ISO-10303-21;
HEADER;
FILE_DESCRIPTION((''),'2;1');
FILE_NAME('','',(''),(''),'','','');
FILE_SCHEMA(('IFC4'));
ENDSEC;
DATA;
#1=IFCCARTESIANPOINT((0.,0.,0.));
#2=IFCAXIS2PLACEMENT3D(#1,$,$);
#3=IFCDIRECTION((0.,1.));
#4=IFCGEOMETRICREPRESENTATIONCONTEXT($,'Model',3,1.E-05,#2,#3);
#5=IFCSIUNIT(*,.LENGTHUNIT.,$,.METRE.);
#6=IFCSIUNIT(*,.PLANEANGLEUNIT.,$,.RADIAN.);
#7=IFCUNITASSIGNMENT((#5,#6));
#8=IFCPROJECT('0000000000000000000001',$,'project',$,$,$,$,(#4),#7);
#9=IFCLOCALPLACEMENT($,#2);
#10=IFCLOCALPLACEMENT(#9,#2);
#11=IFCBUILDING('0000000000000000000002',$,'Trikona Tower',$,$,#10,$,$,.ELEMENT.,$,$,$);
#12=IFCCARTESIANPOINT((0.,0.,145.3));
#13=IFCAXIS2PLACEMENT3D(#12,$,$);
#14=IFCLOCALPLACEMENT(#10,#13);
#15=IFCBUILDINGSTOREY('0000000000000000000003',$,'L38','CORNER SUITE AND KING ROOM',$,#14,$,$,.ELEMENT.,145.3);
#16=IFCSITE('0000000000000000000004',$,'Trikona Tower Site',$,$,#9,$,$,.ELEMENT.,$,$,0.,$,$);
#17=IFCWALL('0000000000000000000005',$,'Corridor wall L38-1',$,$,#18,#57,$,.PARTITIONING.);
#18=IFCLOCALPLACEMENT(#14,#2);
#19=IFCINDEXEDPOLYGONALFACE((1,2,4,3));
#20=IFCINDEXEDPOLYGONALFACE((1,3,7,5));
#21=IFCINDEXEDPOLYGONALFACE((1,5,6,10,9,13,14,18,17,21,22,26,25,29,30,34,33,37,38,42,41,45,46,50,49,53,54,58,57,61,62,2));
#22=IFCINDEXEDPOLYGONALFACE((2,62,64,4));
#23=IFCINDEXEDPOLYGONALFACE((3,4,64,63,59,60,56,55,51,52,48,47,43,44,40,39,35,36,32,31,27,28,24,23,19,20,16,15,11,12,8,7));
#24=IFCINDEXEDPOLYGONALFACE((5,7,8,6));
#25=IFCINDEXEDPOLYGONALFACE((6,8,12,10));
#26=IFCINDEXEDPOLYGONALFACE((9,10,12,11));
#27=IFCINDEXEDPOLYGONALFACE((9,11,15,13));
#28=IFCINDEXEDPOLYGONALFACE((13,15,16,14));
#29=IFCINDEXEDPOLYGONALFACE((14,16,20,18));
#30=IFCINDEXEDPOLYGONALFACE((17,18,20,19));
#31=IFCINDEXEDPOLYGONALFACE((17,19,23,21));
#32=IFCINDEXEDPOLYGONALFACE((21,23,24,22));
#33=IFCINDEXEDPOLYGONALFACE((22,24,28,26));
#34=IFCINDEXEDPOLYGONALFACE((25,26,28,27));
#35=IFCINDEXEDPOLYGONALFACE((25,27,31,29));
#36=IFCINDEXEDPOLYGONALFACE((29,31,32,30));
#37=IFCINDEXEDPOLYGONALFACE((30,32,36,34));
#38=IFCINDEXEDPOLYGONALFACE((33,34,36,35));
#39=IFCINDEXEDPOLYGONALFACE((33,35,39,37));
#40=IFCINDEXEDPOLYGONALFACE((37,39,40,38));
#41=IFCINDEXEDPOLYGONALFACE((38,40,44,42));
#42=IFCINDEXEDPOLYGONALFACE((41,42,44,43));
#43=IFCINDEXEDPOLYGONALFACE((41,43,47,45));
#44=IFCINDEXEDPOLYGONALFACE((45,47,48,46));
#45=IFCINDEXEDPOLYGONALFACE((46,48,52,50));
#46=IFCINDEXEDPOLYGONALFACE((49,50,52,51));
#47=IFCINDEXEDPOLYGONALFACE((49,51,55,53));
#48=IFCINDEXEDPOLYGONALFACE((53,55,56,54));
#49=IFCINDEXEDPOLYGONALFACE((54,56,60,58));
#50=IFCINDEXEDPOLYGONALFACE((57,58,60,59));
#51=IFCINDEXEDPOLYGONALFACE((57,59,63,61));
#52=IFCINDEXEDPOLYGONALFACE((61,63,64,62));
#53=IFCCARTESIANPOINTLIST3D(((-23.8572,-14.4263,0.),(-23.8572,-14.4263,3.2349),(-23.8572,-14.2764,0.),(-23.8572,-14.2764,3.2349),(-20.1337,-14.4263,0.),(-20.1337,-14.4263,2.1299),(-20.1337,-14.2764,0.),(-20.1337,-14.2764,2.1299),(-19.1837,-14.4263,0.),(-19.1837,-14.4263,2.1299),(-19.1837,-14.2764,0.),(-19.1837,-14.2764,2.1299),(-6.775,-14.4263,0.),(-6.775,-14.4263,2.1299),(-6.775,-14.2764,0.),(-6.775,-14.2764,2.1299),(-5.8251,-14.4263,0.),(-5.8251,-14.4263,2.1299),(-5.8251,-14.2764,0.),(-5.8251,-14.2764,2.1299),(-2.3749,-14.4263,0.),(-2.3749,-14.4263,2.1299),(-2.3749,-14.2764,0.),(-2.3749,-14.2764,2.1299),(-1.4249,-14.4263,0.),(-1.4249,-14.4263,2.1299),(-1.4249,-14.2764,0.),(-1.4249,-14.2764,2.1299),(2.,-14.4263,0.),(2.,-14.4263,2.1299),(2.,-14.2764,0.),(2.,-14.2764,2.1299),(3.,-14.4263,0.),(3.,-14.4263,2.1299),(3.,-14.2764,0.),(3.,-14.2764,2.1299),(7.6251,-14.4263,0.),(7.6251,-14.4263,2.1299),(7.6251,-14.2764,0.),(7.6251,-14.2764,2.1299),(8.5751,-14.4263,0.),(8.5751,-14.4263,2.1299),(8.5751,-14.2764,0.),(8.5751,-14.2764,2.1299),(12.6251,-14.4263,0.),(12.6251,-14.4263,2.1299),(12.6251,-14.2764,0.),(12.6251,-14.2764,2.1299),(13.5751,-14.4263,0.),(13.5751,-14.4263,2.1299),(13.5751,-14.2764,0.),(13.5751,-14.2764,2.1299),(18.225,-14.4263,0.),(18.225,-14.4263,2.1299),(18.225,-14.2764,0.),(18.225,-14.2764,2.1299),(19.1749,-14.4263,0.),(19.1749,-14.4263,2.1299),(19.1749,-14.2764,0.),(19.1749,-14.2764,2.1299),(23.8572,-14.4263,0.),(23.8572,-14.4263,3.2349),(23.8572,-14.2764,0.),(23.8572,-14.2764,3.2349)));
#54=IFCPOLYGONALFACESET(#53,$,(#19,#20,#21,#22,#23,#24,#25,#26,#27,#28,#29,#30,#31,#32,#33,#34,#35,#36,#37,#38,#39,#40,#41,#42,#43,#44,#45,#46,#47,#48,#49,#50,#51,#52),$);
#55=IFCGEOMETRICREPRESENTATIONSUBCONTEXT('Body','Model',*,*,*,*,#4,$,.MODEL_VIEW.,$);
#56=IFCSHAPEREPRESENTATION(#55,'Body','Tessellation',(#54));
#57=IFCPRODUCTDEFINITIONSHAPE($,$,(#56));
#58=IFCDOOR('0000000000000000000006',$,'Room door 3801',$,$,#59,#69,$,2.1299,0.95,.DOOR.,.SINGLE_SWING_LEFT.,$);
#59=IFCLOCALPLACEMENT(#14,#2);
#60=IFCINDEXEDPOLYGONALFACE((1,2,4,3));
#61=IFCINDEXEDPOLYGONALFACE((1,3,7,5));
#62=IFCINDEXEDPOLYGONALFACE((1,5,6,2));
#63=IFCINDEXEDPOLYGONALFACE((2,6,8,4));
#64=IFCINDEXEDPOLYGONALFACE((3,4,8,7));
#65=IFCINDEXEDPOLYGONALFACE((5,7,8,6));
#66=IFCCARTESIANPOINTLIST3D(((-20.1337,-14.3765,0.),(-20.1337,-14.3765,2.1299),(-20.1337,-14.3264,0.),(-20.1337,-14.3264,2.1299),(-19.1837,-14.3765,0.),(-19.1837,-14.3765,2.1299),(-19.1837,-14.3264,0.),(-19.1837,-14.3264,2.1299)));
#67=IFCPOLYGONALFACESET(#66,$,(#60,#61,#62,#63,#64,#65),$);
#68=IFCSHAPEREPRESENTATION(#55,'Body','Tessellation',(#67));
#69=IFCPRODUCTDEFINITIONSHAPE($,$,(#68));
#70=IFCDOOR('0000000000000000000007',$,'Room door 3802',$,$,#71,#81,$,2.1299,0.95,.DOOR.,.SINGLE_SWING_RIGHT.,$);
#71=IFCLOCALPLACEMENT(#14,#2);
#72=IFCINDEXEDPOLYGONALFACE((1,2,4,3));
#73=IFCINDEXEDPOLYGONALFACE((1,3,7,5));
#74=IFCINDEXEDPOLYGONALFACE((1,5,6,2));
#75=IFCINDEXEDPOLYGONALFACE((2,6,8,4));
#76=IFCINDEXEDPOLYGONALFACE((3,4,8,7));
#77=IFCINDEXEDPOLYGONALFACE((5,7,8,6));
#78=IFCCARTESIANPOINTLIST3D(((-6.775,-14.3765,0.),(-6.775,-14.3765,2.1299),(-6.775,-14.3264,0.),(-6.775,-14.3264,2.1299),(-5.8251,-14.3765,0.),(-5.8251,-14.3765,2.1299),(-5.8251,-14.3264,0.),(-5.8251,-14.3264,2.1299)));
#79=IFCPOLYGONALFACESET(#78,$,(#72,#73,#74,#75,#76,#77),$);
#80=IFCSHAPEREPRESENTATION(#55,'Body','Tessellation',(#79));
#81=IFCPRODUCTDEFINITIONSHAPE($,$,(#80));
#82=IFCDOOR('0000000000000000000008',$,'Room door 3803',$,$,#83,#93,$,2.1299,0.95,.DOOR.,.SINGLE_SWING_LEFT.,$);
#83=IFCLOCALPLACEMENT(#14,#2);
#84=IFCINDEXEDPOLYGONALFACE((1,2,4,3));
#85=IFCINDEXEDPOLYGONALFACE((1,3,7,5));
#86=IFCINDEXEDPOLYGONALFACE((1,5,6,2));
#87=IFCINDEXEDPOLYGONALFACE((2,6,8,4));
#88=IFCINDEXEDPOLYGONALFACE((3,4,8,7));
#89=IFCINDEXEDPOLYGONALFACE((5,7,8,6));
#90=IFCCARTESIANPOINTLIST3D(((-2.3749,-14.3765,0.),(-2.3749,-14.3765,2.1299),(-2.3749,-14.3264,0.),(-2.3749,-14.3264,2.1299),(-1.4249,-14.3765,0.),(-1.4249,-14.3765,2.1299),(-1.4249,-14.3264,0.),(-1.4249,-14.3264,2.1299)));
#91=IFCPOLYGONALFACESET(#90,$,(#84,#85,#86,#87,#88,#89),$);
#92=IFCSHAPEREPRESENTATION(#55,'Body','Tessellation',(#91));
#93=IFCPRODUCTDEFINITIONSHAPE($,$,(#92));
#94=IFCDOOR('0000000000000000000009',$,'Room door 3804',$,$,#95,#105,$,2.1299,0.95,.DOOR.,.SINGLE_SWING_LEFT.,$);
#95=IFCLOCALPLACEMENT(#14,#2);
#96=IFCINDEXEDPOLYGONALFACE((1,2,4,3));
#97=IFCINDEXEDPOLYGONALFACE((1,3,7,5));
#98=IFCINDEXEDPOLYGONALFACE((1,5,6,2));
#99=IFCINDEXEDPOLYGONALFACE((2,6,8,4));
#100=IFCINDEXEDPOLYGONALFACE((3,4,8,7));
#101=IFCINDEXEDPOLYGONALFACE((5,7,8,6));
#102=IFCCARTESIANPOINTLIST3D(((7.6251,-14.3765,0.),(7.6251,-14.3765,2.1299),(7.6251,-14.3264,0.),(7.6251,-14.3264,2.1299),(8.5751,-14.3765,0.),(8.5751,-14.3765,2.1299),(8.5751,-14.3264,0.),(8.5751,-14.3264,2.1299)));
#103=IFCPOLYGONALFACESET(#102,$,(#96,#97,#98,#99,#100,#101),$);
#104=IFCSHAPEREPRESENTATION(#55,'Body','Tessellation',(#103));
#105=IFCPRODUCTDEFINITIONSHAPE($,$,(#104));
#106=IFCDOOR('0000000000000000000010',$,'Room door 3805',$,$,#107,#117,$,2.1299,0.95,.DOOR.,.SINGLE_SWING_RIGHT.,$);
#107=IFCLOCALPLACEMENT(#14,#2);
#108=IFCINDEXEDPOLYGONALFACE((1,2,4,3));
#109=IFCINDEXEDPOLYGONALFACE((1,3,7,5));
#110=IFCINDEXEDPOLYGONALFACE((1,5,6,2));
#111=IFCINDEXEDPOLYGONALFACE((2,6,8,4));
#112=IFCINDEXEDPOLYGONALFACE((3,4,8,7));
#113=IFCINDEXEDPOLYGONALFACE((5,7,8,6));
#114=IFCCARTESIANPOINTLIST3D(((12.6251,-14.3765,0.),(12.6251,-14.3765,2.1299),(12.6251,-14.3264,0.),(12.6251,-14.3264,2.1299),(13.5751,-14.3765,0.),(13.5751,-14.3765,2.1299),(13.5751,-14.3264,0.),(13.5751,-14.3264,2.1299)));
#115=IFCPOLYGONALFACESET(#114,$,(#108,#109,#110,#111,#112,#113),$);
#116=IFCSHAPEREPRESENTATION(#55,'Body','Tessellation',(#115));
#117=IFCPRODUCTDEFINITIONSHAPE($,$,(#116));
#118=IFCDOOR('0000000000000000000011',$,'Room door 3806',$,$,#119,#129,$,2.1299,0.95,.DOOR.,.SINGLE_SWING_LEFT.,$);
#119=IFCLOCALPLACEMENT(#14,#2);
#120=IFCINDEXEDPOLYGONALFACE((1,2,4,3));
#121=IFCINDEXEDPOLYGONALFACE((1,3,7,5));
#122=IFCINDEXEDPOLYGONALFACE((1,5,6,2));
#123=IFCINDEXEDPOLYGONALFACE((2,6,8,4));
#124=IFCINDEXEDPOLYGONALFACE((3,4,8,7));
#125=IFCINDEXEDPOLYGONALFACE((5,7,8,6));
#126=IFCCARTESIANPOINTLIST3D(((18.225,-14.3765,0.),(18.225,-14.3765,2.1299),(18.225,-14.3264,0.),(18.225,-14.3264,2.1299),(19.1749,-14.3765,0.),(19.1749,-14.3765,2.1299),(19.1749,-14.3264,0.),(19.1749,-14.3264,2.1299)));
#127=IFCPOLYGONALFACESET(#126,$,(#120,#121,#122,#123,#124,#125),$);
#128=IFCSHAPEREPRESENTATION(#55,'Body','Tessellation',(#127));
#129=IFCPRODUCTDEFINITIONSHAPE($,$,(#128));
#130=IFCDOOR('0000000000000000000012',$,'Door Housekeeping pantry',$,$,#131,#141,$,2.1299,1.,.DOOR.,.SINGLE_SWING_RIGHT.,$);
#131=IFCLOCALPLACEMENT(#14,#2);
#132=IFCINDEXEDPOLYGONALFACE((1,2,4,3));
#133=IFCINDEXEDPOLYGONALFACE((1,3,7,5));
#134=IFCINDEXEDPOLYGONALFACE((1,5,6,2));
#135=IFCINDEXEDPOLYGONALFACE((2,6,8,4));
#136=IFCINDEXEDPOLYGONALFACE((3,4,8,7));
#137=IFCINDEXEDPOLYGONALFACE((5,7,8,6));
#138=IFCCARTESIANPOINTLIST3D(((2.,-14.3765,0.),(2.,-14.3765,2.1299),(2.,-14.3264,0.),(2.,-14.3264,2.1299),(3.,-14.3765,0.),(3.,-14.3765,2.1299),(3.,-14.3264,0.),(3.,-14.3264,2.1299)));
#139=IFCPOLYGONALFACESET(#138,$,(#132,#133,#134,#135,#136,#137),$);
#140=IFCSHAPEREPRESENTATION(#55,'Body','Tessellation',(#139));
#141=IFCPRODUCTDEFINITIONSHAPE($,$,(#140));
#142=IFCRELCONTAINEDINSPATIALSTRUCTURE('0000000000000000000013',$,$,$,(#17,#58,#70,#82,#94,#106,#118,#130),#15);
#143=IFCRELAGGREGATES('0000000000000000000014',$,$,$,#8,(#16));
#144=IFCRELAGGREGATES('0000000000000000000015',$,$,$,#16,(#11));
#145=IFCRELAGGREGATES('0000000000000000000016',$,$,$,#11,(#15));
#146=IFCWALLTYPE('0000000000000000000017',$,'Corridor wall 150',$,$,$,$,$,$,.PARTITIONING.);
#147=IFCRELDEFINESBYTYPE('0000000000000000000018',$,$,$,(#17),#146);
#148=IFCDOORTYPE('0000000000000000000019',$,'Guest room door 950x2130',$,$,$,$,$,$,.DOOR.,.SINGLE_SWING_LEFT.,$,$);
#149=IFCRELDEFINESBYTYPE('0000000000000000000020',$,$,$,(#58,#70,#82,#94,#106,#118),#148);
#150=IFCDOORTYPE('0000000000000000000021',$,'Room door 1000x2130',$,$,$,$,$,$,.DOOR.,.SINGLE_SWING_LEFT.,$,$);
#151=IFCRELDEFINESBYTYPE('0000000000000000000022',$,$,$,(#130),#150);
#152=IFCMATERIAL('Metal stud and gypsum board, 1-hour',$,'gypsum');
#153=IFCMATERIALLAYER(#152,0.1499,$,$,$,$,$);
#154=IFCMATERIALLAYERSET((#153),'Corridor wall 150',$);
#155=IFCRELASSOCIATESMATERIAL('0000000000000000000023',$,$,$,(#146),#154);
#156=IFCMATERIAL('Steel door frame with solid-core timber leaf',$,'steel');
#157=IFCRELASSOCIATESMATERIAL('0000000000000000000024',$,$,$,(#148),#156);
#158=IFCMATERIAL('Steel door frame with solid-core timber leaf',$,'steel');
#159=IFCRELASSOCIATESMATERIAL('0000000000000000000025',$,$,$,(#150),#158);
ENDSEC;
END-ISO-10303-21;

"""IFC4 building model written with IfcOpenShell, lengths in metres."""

from ifc_helpers import new_model, si_unit, direction, frame, frame_2d, origin, place, context, subcontext, project, spatial, rectangle, extrude, material, layer, layer_set, type_object, element, fill, save


model = new_model("IFC4")

# Units and contexts
model_context = context("Model", 3, precision=1e-05, world=origin(), true_north=direction((0.0, 1.0)))
body_context = subcontext(model_context, "Body", "Model", "MODEL_VIEW")
ifc_project = project(units=[si_unit("LENGTHUNIT", "METRE"), si_unit("PLANEANGLEUNIT", "RADIAN")], contexts=[model_context])

# Site, building, storey
site_placement = place(None, origin())
site = spatial("IfcSite", under=ifc_project, at=site_placement, Name="Trikona Tower Site", CompositionType="ELEMENT", RefElevation=0.0)
building_placement = place(site_placement, origin())
building = spatial("IfcBuilding", under=site, at=building_placement, Name="Trikona Tower", CompositionType="ELEMENT")
storey_placement = place(building_placement, frame((0.0, 0.0, 145.3)))
storey = spatial("IfcBuildingStorey", under=building, at=storey_placement, Name="L38", Description="CORNER SUITE AND KING ROOM", CompositionType="ELEMENT", Elevation=145.3)

# Wall, openings, doors
ifc_material_1 = material(Name="Metal stud and gypsum board, 1-hour", Category="gypsum")
ifc_layer_1 = layer(ifc_material_1, 0.1499)
ifc_layer_set_1 = layer_set([ifc_layer_1], Name="Corridor wall 150")
wall_type_1 = type_object("IfcWallType", Name="Corridor wall 150", PredefinedType="PARTITIONING", material=ifc_layer_set_1)
wall_1_placement = place(storey_placement, frame((-23.8572, -14.3513, 0.0), z_axis=(0.0, 0.0, 1.0), x_axis=(1.0, 0.0, 0.0)))
wall_1 = element("IfcWall", 1, at=wall_1_placement, inside=storey, type_object=wall_type_1, Name="Corridor wall L38-1", PredefinedType="PARTITIONING", context=body_context, shape_type="SweptSolid", body=[
    extrude(rectangle(XDim=47.7144, YDim=0.1499, at=frame_2d((23.8572, 0.0))), origin(), (0.0, 0.0, 1.0), 3.2349),
])
opening_1_placement = place(wall_1_placement, frame((3.7234, 0.0, 0.0)))
opening_1 = element("IfcOpeningElement", 2, at=opening_1_placement, cuts=wall_1, PredefinedType="OPENING", context=body_context, shape_type="SweptSolid", body=[
    extrude(rectangle(XDim=0.95, YDim=2.1299, at=frame_2d((0.4751, 1.0649))), frame((0.0, 0.085, 0.0), z_axis=(0.0, -1.0, 0.0), x_axis=(1.0, 0.0, 0.0)), (0.0, 0.0, 1.0), 0.1699),
])
opening_2_placement = place(wall_1_placement, frame((17.082, 0.0, 0.0)))
opening_2 = element("IfcOpeningElement", 3, at=opening_2_placement, cuts=wall_1, PredefinedType="OPENING", context=body_context, shape_type="SweptSolid", body=[
    extrude(rectangle(XDim=0.95, YDim=2.1299, at=frame_2d((0.4751, 1.0649))), frame((0.0, 0.085, 0.0), z_axis=(0.0, -1.0, 0.0), x_axis=(1.0, 0.0, 0.0)), (0.0, 0.0, 1.0), 0.1699),
])
opening_3_placement = place(wall_1_placement, frame((21.4822, 0.0, 0.0)))
opening_3 = element("IfcOpeningElement", 4, at=opening_3_placement, cuts=wall_1, PredefinedType="OPENING", context=body_context, shape_type="SweptSolid", body=[
    extrude(rectangle(XDim=0.95, YDim=2.1299, at=frame_2d((0.4751, 1.0649))), frame((0.0, 0.085, 0.0), z_axis=(0.0, -1.0, 0.0), x_axis=(1.0, 0.0, 0.0)), (0.0, 0.0, 1.0), 0.1699),
])
opening_4_placement = place(wall_1_placement, frame((25.8572, 0.0, 0.0)))
opening_4 = element("IfcOpeningElement", 5, at=opening_4_placement, cuts=wall_1, PredefinedType="OPENING", context=body_context, shape_type="SweptSolid", body=[
    extrude(rectangle(XDim=1.0, YDim=2.1299, at=frame_2d((0.5, 1.0649))), frame((0.0, 0.085, 0.0), z_axis=(0.0, -1.0, 0.0), x_axis=(1.0, 0.0, 0.0)), (0.0, 0.0, 1.0), 0.1699),
])
opening_5_placement = place(wall_1_placement, frame((31.4822, 0.0, 0.0)))
opening_5 = element("IfcOpeningElement", 6, at=opening_5_placement, cuts=wall_1, PredefinedType="OPENING", context=body_context, shape_type="SweptSolid", body=[
    extrude(rectangle(XDim=0.95, YDim=2.1299, at=frame_2d((0.4751, 1.0649))), frame((0.0, 0.085, 0.0), z_axis=(0.0, -1.0, 0.0), x_axis=(1.0, 0.0, 0.0)), (0.0, 0.0, 1.0), 0.1699),
])
opening_6_placement = place(wall_1_placement, frame((36.4822, 0.0, 0.0)))
opening_6 = element("IfcOpeningElement", 7, at=opening_6_placement, cuts=wall_1, PredefinedType="OPENING", context=body_context, shape_type="SweptSolid", body=[
    extrude(rectangle(XDim=0.95, YDim=2.1299, at=frame_2d((0.4751, 1.0649))), frame((0.0, 0.085, 0.0), z_axis=(0.0, -1.0, 0.0), x_axis=(1.0, 0.0, 0.0)), (0.0, 0.0, 1.0), 0.1699),
])
opening_7_placement = place(wall_1_placement, frame((42.082, 0.0, 0.0)))
opening_7 = element("IfcOpeningElement", 8, at=opening_7_placement, cuts=wall_1, PredefinedType="OPENING", context=body_context, shape_type="SweptSolid", body=[
    extrude(rectangle(XDim=0.95, YDim=2.1299, at=frame_2d((0.4751, 1.0649))), frame((0.0, 0.085, 0.0), z_axis=(0.0, -1.0, 0.0), x_axis=(1.0, 0.0, 0.0)), (0.0, 0.0, 1.0), 0.1699),
])
ifc_material_2 = material(Name="Steel door frame with solid-core timber leaf", Category="steel")
door_type_1 = type_object("IfcDoorType", Name="Guest room door 950x2130", OperationType="SINGLE_SWING_LEFT", PredefinedType="DOOR", material=ifc_material_2)
door_1_placement = place(opening_1_placement, origin())
door_1 = element("IfcDoor", 9, at=door_1_placement, inside=storey, type_object=door_type_1, Name="Room door 3801", OperationType="SINGLE_SWING_LEFT", OverallHeight=2.1299, OverallWidth=0.95, PredefinedType="DOOR", context=body_context, shape_type="SweptSolid", body=[
    extrude(rectangle(XDim=0.95, YDim=2.1299, at=frame_2d((0.4751, 1.0649))), frame((0.0, 0.0249, 0.0), z_axis=(0.0, -1.0, 0.0), x_axis=(1.0, 0.0, 0.0)), (0.0, 0.0, 1.0), 0.05),
])
fill(opening_1, door_1)
door_2_placement = place(opening_2_placement, origin())
door_2 = element("IfcDoor", 10, at=door_2_placement, inside=storey, type_object=door_type_1, Name="Room door 3802", OperationType="SINGLE_SWING_RIGHT", OverallHeight=2.1299, OverallWidth=0.95, PredefinedType="DOOR", context=body_context, shape_type="SweptSolid", body=[
    extrude(rectangle(XDim=0.95, YDim=2.1299, at=frame_2d((0.4751, 1.0649))), frame((0.0, 0.0249, 0.0), z_axis=(0.0, -1.0, 0.0), x_axis=(1.0, 0.0, 0.0)), (0.0, 0.0, 1.0), 0.05),
])
fill(opening_2, door_2)
door_3_placement = place(opening_3_placement, origin())
door_3 = element("IfcDoor", 11, at=door_3_placement, inside=storey, type_object=door_type_1, Name="Room door 3803", OperationType="SINGLE_SWING_LEFT", OverallHeight=2.1299, OverallWidth=0.95, PredefinedType="DOOR", context=body_context, shape_type="SweptSolid", body=[
    extrude(rectangle(XDim=0.95, YDim=2.1299, at=frame_2d((0.4751, 1.0649))), frame((0.0, 0.0249, 0.0), z_axis=(0.0, -1.0, 0.0), x_axis=(1.0, 0.0, 0.0)), (0.0, 0.0, 1.0), 0.05),
])
fill(opening_3, door_3)
door_4_placement = place(opening_5_placement, origin())
door_4 = element("IfcDoor", 12, at=door_4_placement, inside=storey, type_object=door_type_1, Name="Room door 3804", OperationType="SINGLE_SWING_LEFT", OverallHeight=2.1299, OverallWidth=0.95, PredefinedType="DOOR", context=body_context, shape_type="SweptSolid", body=[
    extrude(rectangle(XDim=0.95, YDim=2.1299, at=frame_2d((0.4751, 1.0649))), frame((0.0, 0.0249, 0.0), z_axis=(0.0, -1.0, 0.0), x_axis=(1.0, 0.0, 0.0)), (0.0, 0.0, 1.0), 0.05),
])
fill(opening_5, door_4)
door_5_placement = place(opening_6_placement, origin())
door_5 = element("IfcDoor", 13, at=door_5_placement, inside=storey, type_object=door_type_1, Name="Room door 3805", OperationType="SINGLE_SWING_RIGHT", OverallHeight=2.1299, OverallWidth=0.95, PredefinedType="DOOR", context=body_context, shape_type="SweptSolid", body=[
    extrude(rectangle(XDim=0.95, YDim=2.1299, at=frame_2d((0.4751, 1.0649))), frame((0.0, 0.0249, 0.0), z_axis=(0.0, -1.0, 0.0), x_axis=(1.0, 0.0, 0.0)), (0.0, 0.0, 1.0), 0.05),
])
fill(opening_6, door_5)
door_6_placement = place(opening_7_placement, origin())
door_6 = element("IfcDoor", 14, at=door_6_placement, inside=storey, type_object=door_type_1, Name="Room door 3806", OperationType="SINGLE_SWING_LEFT", OverallHeight=2.1299, OverallWidth=0.95, PredefinedType="DOOR", context=body_context, shape_type="SweptSolid", body=[
    extrude(rectangle(XDim=0.95, YDim=2.1299, at=frame_2d((0.4751, 1.0649))), frame((0.0, 0.0249, 0.0), z_axis=(0.0, -1.0, 0.0), x_axis=(1.0, 0.0, 0.0)), (0.0, 0.0, 1.0), 0.05),
])
fill(opening_7, door_6)
ifc_material_3 = material(Name="Steel door frame with solid-core timber leaf", Category="steel")
door_type_2 = type_object("IfcDoorType", Name="Room door 1000x2130", OperationType="SINGLE_SWING_LEFT", PredefinedType="DOOR", material=ifc_material_3)
door_7_placement = place(opening_4_placement, origin())
door_7 = element("IfcDoor", 15, at=door_7_placement, inside=storey, type_object=door_type_2, Name="Door Housekeeping pantry", OperationType="SINGLE_SWING_RIGHT", OverallHeight=2.1299, OverallWidth=1.0, PredefinedType="DOOR", context=body_context, shape_type="SweptSolid", body=[
    extrude(rectangle(XDim=1.0, YDim=2.1299, at=frame_2d((0.5, 1.0649))), frame((0.0, 0.0249, 0.0), z_axis=(0.0, -1.0, 0.0), x_axis=(1.0, 0.0, 0.0)), (0.0, 0.0, 1.0), 0.05),
])
fill(opening_4, door_7)

save(model, "model.ifc")
